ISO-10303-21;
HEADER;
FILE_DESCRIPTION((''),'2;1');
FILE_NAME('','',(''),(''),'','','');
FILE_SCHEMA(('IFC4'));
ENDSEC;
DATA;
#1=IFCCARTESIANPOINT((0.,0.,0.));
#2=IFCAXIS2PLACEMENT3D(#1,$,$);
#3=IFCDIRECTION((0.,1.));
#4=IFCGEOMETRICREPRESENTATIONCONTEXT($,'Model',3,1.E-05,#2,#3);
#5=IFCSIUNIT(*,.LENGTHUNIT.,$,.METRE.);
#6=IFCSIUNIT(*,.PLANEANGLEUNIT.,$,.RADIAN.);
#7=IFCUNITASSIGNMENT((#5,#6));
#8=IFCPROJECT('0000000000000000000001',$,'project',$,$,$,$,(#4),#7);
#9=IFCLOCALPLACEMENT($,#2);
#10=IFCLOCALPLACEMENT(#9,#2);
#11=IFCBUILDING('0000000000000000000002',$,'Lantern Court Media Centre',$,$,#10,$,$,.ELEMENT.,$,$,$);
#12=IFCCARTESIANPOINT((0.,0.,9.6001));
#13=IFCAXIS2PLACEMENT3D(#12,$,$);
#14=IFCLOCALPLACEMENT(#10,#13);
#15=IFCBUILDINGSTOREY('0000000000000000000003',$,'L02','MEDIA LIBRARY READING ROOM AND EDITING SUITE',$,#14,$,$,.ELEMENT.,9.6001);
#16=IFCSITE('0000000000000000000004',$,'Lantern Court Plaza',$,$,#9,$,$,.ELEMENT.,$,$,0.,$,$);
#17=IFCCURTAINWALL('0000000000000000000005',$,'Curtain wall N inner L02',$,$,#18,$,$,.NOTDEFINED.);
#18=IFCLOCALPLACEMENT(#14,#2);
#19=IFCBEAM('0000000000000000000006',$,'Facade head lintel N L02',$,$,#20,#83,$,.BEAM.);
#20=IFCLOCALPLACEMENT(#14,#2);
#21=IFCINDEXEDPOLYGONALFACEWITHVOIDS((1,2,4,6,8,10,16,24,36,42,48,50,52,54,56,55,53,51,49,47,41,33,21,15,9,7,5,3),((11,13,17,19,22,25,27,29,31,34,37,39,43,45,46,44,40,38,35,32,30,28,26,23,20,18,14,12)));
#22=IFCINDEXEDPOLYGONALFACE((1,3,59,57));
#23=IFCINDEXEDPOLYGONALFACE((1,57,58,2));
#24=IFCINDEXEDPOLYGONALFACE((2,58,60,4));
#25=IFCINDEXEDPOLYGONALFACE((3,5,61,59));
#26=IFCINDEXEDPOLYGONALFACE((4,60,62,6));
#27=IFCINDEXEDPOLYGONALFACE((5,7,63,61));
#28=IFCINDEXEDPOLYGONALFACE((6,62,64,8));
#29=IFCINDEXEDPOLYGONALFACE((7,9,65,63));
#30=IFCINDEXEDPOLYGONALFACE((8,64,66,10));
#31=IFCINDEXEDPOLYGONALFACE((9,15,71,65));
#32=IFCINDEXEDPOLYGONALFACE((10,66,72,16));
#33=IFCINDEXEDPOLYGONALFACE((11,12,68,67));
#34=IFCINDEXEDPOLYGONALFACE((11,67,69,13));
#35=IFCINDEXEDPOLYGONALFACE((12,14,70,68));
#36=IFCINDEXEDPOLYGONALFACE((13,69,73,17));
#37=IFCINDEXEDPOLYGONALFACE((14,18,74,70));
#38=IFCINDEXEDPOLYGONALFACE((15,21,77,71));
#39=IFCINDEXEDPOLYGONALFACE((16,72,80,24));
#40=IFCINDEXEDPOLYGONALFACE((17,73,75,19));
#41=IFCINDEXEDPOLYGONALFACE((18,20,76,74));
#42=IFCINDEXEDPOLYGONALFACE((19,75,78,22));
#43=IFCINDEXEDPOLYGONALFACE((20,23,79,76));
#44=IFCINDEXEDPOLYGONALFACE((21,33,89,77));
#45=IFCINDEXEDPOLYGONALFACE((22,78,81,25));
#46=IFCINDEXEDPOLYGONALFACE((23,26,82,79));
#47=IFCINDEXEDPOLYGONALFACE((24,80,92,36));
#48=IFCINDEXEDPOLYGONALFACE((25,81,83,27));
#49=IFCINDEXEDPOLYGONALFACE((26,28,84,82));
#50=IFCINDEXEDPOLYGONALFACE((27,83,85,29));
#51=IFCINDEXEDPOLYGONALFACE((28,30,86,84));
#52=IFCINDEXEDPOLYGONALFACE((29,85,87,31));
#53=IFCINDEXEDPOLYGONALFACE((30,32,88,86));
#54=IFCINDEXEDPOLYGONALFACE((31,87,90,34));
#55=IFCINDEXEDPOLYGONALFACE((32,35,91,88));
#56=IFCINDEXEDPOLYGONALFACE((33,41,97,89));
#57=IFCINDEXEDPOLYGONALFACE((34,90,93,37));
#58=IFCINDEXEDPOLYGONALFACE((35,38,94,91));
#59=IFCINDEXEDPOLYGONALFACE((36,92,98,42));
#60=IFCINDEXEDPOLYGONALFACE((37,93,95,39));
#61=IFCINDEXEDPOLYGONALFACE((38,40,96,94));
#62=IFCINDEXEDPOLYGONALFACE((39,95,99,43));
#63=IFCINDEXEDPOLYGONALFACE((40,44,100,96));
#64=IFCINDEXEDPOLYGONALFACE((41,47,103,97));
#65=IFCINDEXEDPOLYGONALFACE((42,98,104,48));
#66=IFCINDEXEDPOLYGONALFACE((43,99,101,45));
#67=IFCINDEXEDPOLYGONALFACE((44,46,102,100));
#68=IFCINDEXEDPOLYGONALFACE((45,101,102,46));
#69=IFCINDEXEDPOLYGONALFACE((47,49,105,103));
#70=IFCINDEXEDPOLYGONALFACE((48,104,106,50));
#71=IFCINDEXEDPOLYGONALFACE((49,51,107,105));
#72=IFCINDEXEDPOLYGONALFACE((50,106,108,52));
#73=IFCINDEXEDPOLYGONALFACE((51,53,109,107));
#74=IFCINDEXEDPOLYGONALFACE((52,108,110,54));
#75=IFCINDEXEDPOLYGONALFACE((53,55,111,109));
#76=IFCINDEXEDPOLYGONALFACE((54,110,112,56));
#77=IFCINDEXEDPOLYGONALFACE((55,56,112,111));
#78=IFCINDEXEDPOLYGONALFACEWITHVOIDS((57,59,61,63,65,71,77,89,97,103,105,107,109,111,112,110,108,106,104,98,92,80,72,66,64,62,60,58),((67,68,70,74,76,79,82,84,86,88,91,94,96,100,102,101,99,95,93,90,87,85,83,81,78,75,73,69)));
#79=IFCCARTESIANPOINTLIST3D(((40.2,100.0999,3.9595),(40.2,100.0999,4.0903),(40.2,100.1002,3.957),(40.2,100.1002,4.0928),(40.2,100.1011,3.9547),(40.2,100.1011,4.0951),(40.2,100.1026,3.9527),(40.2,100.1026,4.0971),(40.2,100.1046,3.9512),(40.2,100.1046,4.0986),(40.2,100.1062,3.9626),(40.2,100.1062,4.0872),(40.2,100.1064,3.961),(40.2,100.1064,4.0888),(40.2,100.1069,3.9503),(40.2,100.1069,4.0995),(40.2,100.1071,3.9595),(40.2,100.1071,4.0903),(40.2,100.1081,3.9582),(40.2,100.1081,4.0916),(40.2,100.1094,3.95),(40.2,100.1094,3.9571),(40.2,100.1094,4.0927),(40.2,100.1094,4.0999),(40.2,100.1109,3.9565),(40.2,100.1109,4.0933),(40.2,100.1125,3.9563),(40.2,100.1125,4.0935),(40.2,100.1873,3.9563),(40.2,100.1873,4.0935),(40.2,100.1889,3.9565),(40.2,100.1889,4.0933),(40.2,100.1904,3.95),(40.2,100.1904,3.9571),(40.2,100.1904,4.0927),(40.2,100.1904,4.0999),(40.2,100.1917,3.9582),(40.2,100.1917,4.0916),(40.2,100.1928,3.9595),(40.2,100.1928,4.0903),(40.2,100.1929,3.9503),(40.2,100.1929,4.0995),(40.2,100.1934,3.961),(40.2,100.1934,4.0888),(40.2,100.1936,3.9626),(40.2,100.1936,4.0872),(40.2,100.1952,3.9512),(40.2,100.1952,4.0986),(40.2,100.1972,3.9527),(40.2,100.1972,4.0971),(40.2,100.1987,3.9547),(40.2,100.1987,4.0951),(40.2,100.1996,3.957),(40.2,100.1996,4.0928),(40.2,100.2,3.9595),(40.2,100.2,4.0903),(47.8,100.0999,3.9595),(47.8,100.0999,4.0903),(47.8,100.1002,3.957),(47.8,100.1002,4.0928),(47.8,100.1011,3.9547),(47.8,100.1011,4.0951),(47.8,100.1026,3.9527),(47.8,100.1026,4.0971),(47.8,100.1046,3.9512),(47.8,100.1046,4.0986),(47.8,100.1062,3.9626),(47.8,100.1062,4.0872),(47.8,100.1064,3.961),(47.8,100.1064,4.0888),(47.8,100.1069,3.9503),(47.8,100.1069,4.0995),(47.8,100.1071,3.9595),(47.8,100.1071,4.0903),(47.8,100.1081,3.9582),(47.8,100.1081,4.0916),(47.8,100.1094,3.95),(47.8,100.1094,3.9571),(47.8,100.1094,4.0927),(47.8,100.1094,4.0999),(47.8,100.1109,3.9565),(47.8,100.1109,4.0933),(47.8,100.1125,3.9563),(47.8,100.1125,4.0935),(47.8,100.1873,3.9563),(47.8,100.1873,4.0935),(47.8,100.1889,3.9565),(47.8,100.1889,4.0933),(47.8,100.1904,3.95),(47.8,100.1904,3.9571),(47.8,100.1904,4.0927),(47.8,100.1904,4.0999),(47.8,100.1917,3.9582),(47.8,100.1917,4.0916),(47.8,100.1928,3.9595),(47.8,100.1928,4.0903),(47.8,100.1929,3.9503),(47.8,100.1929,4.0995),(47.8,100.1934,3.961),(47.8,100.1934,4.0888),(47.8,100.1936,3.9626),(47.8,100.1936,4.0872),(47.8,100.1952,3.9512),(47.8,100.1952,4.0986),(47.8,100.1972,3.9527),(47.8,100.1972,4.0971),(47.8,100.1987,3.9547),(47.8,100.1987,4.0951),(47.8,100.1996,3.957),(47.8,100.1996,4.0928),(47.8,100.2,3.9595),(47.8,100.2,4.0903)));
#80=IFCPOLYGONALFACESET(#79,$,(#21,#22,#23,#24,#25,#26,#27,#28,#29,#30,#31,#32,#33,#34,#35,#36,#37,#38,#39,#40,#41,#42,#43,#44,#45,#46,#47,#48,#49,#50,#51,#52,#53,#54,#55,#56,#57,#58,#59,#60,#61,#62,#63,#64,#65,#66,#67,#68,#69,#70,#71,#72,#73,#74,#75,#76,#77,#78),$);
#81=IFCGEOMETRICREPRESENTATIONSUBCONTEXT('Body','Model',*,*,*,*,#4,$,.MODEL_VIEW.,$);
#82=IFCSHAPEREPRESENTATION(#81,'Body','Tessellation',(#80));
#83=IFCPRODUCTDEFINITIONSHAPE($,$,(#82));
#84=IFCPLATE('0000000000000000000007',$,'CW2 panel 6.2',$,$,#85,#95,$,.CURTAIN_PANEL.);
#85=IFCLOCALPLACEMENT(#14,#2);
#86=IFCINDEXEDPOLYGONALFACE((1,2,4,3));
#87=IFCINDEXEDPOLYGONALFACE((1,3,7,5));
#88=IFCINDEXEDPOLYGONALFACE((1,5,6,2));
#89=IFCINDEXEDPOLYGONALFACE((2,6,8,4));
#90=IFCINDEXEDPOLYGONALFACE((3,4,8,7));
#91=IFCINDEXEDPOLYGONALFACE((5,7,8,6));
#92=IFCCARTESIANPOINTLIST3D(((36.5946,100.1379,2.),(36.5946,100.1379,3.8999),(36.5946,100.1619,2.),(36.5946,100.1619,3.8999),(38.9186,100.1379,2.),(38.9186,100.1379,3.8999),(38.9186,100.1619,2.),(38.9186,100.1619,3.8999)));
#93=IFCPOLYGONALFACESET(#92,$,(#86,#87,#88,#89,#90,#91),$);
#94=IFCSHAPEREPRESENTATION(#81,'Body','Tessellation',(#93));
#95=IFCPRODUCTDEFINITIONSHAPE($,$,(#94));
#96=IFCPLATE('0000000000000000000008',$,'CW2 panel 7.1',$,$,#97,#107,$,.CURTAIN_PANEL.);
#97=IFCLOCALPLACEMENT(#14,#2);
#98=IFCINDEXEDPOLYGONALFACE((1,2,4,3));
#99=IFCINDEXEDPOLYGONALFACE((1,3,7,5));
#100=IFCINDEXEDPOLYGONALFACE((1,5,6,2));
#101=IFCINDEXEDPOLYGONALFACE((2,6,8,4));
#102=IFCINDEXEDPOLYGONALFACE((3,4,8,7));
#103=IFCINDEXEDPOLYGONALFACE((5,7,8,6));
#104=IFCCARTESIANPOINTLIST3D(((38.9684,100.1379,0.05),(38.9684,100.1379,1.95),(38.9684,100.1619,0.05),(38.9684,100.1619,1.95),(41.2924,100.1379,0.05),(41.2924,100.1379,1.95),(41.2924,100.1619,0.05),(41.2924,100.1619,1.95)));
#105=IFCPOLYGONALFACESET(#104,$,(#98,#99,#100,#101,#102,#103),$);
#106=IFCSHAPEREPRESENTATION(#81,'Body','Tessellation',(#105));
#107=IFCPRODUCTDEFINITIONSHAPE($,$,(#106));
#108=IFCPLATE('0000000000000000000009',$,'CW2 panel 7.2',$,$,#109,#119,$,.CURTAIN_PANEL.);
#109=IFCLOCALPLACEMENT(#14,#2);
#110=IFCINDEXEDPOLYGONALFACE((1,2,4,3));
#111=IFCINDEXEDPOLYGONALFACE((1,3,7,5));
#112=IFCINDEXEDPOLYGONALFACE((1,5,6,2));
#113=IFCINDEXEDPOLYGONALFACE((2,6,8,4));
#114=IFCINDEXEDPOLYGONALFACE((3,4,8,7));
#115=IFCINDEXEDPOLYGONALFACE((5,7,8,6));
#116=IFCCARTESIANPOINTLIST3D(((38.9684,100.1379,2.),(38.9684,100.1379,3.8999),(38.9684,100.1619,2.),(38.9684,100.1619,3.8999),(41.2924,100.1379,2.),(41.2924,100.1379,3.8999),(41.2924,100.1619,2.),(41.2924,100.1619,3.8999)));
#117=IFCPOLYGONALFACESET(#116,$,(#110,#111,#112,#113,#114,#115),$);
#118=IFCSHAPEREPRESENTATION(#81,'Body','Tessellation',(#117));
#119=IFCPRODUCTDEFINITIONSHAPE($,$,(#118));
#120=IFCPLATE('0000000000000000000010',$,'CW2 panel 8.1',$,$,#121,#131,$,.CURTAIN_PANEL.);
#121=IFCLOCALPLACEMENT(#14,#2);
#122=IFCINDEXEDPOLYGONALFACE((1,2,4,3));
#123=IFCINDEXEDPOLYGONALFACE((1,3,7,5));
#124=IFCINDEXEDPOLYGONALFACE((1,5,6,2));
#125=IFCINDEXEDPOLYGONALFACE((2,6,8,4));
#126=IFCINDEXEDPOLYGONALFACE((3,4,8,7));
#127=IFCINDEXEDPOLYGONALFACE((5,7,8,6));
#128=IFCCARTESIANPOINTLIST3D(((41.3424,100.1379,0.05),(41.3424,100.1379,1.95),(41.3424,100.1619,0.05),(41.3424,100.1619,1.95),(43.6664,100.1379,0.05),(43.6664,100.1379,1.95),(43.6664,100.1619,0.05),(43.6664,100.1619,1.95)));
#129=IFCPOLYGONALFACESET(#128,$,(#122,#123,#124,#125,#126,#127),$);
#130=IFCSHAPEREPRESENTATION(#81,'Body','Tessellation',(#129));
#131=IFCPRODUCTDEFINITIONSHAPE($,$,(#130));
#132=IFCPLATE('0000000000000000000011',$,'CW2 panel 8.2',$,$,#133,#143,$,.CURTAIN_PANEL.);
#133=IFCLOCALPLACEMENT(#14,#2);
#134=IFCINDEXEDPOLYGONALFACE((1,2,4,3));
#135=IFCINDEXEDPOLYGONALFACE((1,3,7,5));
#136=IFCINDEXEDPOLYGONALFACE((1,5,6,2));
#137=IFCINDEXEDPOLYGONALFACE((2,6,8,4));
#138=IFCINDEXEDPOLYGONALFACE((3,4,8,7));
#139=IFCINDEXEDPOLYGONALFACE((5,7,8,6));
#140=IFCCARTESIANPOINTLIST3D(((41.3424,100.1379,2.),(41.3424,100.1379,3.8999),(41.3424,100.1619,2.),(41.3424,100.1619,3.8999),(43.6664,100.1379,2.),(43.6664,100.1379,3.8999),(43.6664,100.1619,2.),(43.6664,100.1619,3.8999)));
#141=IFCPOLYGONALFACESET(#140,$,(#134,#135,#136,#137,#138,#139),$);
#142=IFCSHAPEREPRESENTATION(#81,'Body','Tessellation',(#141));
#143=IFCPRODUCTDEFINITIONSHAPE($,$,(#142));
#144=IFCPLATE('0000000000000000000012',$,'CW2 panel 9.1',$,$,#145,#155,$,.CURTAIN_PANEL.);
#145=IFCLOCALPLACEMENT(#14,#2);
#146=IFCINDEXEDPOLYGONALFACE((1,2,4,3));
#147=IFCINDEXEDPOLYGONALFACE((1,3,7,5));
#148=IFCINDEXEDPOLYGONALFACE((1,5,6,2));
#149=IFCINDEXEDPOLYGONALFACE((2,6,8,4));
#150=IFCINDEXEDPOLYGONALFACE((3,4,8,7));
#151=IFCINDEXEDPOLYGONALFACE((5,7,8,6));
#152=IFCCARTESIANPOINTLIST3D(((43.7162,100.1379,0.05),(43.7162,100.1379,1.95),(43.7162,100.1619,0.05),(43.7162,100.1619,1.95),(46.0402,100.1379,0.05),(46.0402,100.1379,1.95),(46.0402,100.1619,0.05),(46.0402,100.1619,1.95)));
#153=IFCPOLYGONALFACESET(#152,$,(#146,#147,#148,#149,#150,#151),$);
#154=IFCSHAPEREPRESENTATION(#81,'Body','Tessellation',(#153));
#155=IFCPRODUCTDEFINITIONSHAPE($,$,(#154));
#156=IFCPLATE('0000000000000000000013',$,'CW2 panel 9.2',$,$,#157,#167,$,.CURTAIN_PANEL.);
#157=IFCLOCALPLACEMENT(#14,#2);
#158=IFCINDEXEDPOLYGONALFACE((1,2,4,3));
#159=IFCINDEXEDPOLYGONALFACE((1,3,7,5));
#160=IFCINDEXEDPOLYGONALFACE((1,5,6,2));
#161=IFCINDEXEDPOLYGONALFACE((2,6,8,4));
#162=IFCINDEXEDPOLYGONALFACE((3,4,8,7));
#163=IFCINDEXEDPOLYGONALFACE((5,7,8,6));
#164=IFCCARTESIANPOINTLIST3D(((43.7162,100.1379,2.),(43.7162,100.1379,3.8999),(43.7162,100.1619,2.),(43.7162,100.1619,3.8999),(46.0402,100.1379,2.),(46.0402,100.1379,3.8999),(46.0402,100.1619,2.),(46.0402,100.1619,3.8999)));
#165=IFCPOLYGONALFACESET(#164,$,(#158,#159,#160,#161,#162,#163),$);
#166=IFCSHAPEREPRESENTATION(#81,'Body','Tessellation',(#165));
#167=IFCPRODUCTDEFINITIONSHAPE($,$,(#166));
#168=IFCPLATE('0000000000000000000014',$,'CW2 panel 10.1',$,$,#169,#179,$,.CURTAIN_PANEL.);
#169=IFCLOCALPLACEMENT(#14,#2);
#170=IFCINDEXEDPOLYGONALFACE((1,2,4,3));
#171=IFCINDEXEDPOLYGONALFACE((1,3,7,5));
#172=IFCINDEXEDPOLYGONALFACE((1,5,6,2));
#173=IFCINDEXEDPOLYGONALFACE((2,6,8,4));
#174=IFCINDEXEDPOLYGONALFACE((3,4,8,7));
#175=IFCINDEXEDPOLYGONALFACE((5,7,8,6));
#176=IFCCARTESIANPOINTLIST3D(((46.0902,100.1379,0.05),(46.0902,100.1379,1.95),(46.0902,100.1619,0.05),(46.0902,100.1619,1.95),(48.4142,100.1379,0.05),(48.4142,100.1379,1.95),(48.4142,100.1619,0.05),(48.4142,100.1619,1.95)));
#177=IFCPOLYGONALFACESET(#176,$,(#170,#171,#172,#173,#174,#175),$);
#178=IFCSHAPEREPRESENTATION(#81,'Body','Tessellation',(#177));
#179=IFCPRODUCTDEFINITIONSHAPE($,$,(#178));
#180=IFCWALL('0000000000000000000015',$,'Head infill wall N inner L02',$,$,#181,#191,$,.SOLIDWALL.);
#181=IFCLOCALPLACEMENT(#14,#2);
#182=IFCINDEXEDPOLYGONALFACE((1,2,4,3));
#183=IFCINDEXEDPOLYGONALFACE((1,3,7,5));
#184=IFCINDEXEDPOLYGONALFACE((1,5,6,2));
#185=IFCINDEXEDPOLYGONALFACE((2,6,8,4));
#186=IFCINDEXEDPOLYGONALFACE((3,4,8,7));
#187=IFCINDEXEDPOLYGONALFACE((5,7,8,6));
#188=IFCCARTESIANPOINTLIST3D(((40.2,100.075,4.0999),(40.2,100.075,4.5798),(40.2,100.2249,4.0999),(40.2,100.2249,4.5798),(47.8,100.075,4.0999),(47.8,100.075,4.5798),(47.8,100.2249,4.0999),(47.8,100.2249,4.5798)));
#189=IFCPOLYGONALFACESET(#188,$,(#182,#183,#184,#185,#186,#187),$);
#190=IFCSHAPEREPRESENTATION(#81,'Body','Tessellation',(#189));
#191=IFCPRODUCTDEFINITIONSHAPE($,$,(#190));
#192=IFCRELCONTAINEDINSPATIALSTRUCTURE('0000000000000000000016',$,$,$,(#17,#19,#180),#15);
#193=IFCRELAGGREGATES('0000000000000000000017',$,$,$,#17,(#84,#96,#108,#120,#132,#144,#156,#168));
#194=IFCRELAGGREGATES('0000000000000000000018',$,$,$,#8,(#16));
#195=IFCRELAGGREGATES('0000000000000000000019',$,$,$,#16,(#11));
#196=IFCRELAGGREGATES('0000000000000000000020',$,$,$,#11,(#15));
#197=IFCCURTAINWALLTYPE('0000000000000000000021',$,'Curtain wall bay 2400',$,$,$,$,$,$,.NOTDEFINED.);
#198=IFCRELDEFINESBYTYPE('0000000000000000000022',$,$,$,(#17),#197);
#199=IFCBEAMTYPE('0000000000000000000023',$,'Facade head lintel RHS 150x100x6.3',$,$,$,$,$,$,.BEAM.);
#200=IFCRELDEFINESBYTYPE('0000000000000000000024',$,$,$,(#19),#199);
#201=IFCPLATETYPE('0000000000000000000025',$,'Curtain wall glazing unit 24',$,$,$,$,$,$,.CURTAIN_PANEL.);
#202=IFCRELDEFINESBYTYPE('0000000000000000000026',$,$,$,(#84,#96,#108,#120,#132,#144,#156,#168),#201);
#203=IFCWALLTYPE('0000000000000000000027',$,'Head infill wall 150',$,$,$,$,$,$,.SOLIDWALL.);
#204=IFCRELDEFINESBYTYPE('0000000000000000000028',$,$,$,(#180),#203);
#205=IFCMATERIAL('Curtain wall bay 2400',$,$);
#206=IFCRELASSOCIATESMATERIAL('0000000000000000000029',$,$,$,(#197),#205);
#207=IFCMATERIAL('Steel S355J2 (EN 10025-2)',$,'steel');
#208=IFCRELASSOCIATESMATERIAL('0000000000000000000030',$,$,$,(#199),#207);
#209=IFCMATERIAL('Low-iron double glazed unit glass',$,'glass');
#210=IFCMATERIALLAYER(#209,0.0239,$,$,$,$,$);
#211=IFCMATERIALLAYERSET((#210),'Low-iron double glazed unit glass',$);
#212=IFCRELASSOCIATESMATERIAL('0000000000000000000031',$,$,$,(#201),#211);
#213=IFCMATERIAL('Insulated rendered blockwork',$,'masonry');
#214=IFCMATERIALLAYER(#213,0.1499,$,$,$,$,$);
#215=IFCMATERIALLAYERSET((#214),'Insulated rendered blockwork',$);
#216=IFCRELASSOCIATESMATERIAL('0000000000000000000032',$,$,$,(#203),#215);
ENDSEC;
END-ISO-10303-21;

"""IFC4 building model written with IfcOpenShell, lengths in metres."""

from ifc_helpers import new_model, si_unit, direction, frame, frame_2d, origin, origin_2d, place, context, subcontext, project, spatial, rectangle, hollow_rectangle, extrude, material, layer, layer_set, material_profile, profile_set, type_object, element, aggregate, save


model = new_model("IFC4")

# Units and contexts
model_context = context("Model", 3, precision=1e-05, world=origin(), true_north=direction((0.0, 1.0)))
body_context = subcontext(model_context, "Body", "Model", "MODEL_VIEW")
ifc_project = project(units=[si_unit("LENGTHUNIT", "METRE"), si_unit("PLANEANGLEUNIT", "RADIAN")], contexts=[model_context])

# Site, building, storey
site_placement = place(None, origin())
site = spatial("IfcSite", under=ifc_project, at=site_placement, Name="Lantern Court Plaza", CompositionType="ELEMENT", RefElevation=0.0)
building_placement = place(site_placement, origin())
building = spatial("IfcBuilding", under=site, at=building_placement, Name="Lantern Court Media Centre", CompositionType="ELEMENT")
storey_placement = place(building_placement, frame((0.0, 0.0, 9.6001)))
storey = spatial("IfcBuildingStorey", under=building, at=storey_placement, Name="L02", Description="MEDIA LIBRARY READING ROOM AND EDITING SUITE", CompositionType="ELEMENT", Elevation=9.6001)

# Curtain wall
ifc_material_1 = material(Name="Curtain wall bay 2400")
curtain_wall_type = type_object("IfcCurtainWallType", Name="Curtain wall bay 2400", PredefinedType="NOTDEFINED", material=ifc_material_1)
curtain_wall_placement = place(storey_placement, origin())
curtain_wall = element("IfcCurtainWall", 1, at=curtain_wall_placement, inside=storey, type_object=curtain_wall_type, Name="Curtain wall N inner L02", PredefinedType="NOTDEFINED")

# Beam
ifc_material_2 = material(Name="Steel S355J2 (EN 10025-2)", Category="steel")
ifc_material_profile_1 = material_profile(ifc_material_2, hollow_rectangle(XDim=0.1001, YDim=0.1499, WallThickness=0.0063, InnerFilletRadius=0.0063, OuterFilletRadius=0.0095, at=origin_2d()), Name="Facade head lintel RHS 150x100x6.3")
ifc_profile_set_1 = profile_set([ifc_material_profile_1], Name="Steel S355J2 (EN 10025-2)")
beam_type = type_object("IfcBeamType", Name="Facade head lintel RHS 150x100x6.3", PredefinedType="BEAM", material=ifc_profile_set_1)
beam_placement = place(storey_placement, frame((40.2, 100.1499, 4.0249), z_axis=(1.0, 0.0, 0.0), x_axis=(0.0, 1.0, 0.0)))
element("IfcBeam", 2, at=beam_placement, inside=storey, type_object=beam_type, Name="Facade head lintel N L02", PredefinedType="BEAM", context=body_context, shape_type="SweptSolid", body=[
    extrude(hollow_rectangle(XDim=0.1001, YDim=0.1499, WallThickness=0.0063, InnerFilletRadius=0.0063, OuterFilletRadius=0.0095, at=origin_2d()), origin(), (0.0, 0.0, 1.0), 7.6001),
])

# Plates
ifc_material_3 = material(Name="Low-iron double glazed unit glass", Category="glass")
ifc_layer_1 = layer(ifc_material_3, 0.0239)
ifc_layer_set_1 = layer_set([ifc_layer_1], Name="Low-iron double glazed unit glass")
plate_type = type_object("IfcPlateType", Name="Curtain wall glazing unit 24", PredefinedType="CURTAIN_PANEL", material=ifc_layer_set_1)
plate_1_placement = place(storey_placement, frame((37.7566, 100.1499, 2.0), z_axis=(0.0, 0.0, 1.0), x_axis=(1.0, 0.0, 0.0)))
plate_1 = element("IfcPlate", 3, at=plate_1_placement, type_object=plate_type, Name="CW2 panel 6.2", PredefinedType="CURTAIN_PANEL", context=body_context, shape_type="SweptSolid", body=[
    extrude(rectangle(XDim=2.324, YDim=0.0239, at=origin_2d()), origin(), (0.0, 0.0, 1.0), 1.8999),
])
plate_2_placement = place(storey_placement, frame((40.1304, 100.1499, 0.05), z_axis=(0.0, 0.0, 1.0), x_axis=(1.0, 0.0, 0.0)))
plate_2 = element("IfcPlate", 4, at=plate_2_placement, type_object=plate_type, Name="CW2 panel 7.1", PredefinedType="CURTAIN_PANEL", context=body_context, shape_type="SweptSolid", body=[
    extrude(rectangle(XDim=2.324, YDim=0.0239, at=origin_2d()), origin(), (0.0, 0.0, 1.0), 1.8999),
])
plate_3_placement = place(storey_placement, frame((40.1304, 100.1499, 2.0), z_axis=(0.0, 0.0, 1.0), x_axis=(1.0, 0.0, 0.0)))
plate_3 = element("IfcPlate", 5, at=plate_3_placement, type_object=plate_type, Name="CW2 panel 7.2", PredefinedType="CURTAIN_PANEL", context=body_context, shape_type="SweptSolid", body=[
    extrude(rectangle(XDim=2.324, YDim=0.0239, at=origin_2d()), origin(), (0.0, 0.0, 1.0), 1.8999),
])
plate_4_placement = place(storey_placement, frame((42.5044, 100.1499, 0.05), z_axis=(0.0, 0.0, 1.0), x_axis=(1.0, 0.0, 0.0)))
plate_4 = element("IfcPlate", 6, at=plate_4_placement, type_object=plate_type, Name="CW2 panel 8.1", PredefinedType="CURTAIN_PANEL", context=body_context, shape_type="SweptSolid", body=[
    extrude(rectangle(XDim=2.324, YDim=0.0239, at=origin_2d()), origin(), (0.0, 0.0, 1.0), 1.8999),
])
plate_5_placement = place(storey_placement, frame((42.5044, 100.1499, 2.0), z_axis=(0.0, 0.0, 1.0), x_axis=(1.0, 0.0, 0.0)))
plate_5 = element("IfcPlate", 7, at=plate_5_placement, type_object=plate_type, Name="CW2 panel 8.2", PredefinedType="CURTAIN_PANEL", context=body_context, shape_type="SweptSolid", body=[
    extrude(rectangle(XDim=2.324, YDim=0.0239, at=origin_2d()), origin(), (0.0, 0.0, 1.0), 1.8999),
])
plate_6_placement = place(storey_placement, frame((44.8782, 100.1499, 0.05), z_axis=(0.0, 0.0, 1.0), x_axis=(1.0, 0.0, 0.0)))
plate_6 = element("IfcPlate", 8, at=plate_6_placement, type_object=plate_type, Name="CW2 panel 9.1", PredefinedType="CURTAIN_PANEL", context=body_context, shape_type="SweptSolid", body=[
    extrude(rectangle(XDim=2.324, YDim=0.0239, at=origin_2d()), origin(), (0.0, 0.0, 1.0), 1.8999),
])
plate_7_placement = place(storey_placement, frame((44.8782, 100.1499, 2.0), z_axis=(0.0, 0.0, 1.0), x_axis=(1.0, 0.0, 0.0)))
plate_7 = element("IfcPlate", 9, at=plate_7_placement, type_object=plate_type, Name="CW2 panel 9.2", PredefinedType="CURTAIN_PANEL", context=body_context, shape_type="SweptSolid", body=[
    extrude(rectangle(XDim=2.324, YDim=0.0239, at=origin_2d()), origin(), (0.0, 0.0, 1.0), 1.8999),
])
plate_8_placement = place(storey_placement, frame((47.2522, 100.1499, 0.05), z_axis=(0.0, 0.0, 1.0), x_axis=(1.0, 0.0, 0.0)))
plate_8 = element("IfcPlate", 10, at=plate_8_placement, type_object=plate_type, Name="CW2 panel 10.1", PredefinedType="CURTAIN_PANEL", context=body_context, shape_type="SweptSolid", body=[
    extrude(rectangle(XDim=2.324, YDim=0.0239, at=origin_2d()), origin(), (0.0, 0.0, 1.0), 1.8999),
])
aggregate(curtain_wall, [plate_1, plate_2, plate_3, plate_4, plate_5, plate_6, plate_7, plate_8])

# Wall
ifc_material_4 = material(Name="Insulated rendered blockwork", Category="masonry")
ifc_layer_2 = layer(ifc_material_4, 0.1499)
ifc_layer_set_2 = layer_set([ifc_layer_2], Name="Insulated rendered blockwork")
wall_type = type_object("IfcWallType", Name="Head infill wall 150", PredefinedType="SOLIDWALL", material=ifc_layer_set_2)
wall_placement = place(storey_placement, frame((40.2, 100.1499, 4.0999), z_axis=(0.0, 0.0, 1.0), x_axis=(1.0, 0.0, 0.0)))
element("IfcWall", 11, at=wall_placement, inside=storey, type_object=wall_type, Name="Head infill wall N inner L02", PredefinedType="SOLIDWALL", context=body_context, shape_type="SweptSolid", body=[
    extrude(rectangle(XDim=7.6001, YDim=0.1499, at=frame_2d((3.8, 0.0))), origin(), (0.0, 0.0, 1.0), 0.48),
])

save(model, "model.ifc")
